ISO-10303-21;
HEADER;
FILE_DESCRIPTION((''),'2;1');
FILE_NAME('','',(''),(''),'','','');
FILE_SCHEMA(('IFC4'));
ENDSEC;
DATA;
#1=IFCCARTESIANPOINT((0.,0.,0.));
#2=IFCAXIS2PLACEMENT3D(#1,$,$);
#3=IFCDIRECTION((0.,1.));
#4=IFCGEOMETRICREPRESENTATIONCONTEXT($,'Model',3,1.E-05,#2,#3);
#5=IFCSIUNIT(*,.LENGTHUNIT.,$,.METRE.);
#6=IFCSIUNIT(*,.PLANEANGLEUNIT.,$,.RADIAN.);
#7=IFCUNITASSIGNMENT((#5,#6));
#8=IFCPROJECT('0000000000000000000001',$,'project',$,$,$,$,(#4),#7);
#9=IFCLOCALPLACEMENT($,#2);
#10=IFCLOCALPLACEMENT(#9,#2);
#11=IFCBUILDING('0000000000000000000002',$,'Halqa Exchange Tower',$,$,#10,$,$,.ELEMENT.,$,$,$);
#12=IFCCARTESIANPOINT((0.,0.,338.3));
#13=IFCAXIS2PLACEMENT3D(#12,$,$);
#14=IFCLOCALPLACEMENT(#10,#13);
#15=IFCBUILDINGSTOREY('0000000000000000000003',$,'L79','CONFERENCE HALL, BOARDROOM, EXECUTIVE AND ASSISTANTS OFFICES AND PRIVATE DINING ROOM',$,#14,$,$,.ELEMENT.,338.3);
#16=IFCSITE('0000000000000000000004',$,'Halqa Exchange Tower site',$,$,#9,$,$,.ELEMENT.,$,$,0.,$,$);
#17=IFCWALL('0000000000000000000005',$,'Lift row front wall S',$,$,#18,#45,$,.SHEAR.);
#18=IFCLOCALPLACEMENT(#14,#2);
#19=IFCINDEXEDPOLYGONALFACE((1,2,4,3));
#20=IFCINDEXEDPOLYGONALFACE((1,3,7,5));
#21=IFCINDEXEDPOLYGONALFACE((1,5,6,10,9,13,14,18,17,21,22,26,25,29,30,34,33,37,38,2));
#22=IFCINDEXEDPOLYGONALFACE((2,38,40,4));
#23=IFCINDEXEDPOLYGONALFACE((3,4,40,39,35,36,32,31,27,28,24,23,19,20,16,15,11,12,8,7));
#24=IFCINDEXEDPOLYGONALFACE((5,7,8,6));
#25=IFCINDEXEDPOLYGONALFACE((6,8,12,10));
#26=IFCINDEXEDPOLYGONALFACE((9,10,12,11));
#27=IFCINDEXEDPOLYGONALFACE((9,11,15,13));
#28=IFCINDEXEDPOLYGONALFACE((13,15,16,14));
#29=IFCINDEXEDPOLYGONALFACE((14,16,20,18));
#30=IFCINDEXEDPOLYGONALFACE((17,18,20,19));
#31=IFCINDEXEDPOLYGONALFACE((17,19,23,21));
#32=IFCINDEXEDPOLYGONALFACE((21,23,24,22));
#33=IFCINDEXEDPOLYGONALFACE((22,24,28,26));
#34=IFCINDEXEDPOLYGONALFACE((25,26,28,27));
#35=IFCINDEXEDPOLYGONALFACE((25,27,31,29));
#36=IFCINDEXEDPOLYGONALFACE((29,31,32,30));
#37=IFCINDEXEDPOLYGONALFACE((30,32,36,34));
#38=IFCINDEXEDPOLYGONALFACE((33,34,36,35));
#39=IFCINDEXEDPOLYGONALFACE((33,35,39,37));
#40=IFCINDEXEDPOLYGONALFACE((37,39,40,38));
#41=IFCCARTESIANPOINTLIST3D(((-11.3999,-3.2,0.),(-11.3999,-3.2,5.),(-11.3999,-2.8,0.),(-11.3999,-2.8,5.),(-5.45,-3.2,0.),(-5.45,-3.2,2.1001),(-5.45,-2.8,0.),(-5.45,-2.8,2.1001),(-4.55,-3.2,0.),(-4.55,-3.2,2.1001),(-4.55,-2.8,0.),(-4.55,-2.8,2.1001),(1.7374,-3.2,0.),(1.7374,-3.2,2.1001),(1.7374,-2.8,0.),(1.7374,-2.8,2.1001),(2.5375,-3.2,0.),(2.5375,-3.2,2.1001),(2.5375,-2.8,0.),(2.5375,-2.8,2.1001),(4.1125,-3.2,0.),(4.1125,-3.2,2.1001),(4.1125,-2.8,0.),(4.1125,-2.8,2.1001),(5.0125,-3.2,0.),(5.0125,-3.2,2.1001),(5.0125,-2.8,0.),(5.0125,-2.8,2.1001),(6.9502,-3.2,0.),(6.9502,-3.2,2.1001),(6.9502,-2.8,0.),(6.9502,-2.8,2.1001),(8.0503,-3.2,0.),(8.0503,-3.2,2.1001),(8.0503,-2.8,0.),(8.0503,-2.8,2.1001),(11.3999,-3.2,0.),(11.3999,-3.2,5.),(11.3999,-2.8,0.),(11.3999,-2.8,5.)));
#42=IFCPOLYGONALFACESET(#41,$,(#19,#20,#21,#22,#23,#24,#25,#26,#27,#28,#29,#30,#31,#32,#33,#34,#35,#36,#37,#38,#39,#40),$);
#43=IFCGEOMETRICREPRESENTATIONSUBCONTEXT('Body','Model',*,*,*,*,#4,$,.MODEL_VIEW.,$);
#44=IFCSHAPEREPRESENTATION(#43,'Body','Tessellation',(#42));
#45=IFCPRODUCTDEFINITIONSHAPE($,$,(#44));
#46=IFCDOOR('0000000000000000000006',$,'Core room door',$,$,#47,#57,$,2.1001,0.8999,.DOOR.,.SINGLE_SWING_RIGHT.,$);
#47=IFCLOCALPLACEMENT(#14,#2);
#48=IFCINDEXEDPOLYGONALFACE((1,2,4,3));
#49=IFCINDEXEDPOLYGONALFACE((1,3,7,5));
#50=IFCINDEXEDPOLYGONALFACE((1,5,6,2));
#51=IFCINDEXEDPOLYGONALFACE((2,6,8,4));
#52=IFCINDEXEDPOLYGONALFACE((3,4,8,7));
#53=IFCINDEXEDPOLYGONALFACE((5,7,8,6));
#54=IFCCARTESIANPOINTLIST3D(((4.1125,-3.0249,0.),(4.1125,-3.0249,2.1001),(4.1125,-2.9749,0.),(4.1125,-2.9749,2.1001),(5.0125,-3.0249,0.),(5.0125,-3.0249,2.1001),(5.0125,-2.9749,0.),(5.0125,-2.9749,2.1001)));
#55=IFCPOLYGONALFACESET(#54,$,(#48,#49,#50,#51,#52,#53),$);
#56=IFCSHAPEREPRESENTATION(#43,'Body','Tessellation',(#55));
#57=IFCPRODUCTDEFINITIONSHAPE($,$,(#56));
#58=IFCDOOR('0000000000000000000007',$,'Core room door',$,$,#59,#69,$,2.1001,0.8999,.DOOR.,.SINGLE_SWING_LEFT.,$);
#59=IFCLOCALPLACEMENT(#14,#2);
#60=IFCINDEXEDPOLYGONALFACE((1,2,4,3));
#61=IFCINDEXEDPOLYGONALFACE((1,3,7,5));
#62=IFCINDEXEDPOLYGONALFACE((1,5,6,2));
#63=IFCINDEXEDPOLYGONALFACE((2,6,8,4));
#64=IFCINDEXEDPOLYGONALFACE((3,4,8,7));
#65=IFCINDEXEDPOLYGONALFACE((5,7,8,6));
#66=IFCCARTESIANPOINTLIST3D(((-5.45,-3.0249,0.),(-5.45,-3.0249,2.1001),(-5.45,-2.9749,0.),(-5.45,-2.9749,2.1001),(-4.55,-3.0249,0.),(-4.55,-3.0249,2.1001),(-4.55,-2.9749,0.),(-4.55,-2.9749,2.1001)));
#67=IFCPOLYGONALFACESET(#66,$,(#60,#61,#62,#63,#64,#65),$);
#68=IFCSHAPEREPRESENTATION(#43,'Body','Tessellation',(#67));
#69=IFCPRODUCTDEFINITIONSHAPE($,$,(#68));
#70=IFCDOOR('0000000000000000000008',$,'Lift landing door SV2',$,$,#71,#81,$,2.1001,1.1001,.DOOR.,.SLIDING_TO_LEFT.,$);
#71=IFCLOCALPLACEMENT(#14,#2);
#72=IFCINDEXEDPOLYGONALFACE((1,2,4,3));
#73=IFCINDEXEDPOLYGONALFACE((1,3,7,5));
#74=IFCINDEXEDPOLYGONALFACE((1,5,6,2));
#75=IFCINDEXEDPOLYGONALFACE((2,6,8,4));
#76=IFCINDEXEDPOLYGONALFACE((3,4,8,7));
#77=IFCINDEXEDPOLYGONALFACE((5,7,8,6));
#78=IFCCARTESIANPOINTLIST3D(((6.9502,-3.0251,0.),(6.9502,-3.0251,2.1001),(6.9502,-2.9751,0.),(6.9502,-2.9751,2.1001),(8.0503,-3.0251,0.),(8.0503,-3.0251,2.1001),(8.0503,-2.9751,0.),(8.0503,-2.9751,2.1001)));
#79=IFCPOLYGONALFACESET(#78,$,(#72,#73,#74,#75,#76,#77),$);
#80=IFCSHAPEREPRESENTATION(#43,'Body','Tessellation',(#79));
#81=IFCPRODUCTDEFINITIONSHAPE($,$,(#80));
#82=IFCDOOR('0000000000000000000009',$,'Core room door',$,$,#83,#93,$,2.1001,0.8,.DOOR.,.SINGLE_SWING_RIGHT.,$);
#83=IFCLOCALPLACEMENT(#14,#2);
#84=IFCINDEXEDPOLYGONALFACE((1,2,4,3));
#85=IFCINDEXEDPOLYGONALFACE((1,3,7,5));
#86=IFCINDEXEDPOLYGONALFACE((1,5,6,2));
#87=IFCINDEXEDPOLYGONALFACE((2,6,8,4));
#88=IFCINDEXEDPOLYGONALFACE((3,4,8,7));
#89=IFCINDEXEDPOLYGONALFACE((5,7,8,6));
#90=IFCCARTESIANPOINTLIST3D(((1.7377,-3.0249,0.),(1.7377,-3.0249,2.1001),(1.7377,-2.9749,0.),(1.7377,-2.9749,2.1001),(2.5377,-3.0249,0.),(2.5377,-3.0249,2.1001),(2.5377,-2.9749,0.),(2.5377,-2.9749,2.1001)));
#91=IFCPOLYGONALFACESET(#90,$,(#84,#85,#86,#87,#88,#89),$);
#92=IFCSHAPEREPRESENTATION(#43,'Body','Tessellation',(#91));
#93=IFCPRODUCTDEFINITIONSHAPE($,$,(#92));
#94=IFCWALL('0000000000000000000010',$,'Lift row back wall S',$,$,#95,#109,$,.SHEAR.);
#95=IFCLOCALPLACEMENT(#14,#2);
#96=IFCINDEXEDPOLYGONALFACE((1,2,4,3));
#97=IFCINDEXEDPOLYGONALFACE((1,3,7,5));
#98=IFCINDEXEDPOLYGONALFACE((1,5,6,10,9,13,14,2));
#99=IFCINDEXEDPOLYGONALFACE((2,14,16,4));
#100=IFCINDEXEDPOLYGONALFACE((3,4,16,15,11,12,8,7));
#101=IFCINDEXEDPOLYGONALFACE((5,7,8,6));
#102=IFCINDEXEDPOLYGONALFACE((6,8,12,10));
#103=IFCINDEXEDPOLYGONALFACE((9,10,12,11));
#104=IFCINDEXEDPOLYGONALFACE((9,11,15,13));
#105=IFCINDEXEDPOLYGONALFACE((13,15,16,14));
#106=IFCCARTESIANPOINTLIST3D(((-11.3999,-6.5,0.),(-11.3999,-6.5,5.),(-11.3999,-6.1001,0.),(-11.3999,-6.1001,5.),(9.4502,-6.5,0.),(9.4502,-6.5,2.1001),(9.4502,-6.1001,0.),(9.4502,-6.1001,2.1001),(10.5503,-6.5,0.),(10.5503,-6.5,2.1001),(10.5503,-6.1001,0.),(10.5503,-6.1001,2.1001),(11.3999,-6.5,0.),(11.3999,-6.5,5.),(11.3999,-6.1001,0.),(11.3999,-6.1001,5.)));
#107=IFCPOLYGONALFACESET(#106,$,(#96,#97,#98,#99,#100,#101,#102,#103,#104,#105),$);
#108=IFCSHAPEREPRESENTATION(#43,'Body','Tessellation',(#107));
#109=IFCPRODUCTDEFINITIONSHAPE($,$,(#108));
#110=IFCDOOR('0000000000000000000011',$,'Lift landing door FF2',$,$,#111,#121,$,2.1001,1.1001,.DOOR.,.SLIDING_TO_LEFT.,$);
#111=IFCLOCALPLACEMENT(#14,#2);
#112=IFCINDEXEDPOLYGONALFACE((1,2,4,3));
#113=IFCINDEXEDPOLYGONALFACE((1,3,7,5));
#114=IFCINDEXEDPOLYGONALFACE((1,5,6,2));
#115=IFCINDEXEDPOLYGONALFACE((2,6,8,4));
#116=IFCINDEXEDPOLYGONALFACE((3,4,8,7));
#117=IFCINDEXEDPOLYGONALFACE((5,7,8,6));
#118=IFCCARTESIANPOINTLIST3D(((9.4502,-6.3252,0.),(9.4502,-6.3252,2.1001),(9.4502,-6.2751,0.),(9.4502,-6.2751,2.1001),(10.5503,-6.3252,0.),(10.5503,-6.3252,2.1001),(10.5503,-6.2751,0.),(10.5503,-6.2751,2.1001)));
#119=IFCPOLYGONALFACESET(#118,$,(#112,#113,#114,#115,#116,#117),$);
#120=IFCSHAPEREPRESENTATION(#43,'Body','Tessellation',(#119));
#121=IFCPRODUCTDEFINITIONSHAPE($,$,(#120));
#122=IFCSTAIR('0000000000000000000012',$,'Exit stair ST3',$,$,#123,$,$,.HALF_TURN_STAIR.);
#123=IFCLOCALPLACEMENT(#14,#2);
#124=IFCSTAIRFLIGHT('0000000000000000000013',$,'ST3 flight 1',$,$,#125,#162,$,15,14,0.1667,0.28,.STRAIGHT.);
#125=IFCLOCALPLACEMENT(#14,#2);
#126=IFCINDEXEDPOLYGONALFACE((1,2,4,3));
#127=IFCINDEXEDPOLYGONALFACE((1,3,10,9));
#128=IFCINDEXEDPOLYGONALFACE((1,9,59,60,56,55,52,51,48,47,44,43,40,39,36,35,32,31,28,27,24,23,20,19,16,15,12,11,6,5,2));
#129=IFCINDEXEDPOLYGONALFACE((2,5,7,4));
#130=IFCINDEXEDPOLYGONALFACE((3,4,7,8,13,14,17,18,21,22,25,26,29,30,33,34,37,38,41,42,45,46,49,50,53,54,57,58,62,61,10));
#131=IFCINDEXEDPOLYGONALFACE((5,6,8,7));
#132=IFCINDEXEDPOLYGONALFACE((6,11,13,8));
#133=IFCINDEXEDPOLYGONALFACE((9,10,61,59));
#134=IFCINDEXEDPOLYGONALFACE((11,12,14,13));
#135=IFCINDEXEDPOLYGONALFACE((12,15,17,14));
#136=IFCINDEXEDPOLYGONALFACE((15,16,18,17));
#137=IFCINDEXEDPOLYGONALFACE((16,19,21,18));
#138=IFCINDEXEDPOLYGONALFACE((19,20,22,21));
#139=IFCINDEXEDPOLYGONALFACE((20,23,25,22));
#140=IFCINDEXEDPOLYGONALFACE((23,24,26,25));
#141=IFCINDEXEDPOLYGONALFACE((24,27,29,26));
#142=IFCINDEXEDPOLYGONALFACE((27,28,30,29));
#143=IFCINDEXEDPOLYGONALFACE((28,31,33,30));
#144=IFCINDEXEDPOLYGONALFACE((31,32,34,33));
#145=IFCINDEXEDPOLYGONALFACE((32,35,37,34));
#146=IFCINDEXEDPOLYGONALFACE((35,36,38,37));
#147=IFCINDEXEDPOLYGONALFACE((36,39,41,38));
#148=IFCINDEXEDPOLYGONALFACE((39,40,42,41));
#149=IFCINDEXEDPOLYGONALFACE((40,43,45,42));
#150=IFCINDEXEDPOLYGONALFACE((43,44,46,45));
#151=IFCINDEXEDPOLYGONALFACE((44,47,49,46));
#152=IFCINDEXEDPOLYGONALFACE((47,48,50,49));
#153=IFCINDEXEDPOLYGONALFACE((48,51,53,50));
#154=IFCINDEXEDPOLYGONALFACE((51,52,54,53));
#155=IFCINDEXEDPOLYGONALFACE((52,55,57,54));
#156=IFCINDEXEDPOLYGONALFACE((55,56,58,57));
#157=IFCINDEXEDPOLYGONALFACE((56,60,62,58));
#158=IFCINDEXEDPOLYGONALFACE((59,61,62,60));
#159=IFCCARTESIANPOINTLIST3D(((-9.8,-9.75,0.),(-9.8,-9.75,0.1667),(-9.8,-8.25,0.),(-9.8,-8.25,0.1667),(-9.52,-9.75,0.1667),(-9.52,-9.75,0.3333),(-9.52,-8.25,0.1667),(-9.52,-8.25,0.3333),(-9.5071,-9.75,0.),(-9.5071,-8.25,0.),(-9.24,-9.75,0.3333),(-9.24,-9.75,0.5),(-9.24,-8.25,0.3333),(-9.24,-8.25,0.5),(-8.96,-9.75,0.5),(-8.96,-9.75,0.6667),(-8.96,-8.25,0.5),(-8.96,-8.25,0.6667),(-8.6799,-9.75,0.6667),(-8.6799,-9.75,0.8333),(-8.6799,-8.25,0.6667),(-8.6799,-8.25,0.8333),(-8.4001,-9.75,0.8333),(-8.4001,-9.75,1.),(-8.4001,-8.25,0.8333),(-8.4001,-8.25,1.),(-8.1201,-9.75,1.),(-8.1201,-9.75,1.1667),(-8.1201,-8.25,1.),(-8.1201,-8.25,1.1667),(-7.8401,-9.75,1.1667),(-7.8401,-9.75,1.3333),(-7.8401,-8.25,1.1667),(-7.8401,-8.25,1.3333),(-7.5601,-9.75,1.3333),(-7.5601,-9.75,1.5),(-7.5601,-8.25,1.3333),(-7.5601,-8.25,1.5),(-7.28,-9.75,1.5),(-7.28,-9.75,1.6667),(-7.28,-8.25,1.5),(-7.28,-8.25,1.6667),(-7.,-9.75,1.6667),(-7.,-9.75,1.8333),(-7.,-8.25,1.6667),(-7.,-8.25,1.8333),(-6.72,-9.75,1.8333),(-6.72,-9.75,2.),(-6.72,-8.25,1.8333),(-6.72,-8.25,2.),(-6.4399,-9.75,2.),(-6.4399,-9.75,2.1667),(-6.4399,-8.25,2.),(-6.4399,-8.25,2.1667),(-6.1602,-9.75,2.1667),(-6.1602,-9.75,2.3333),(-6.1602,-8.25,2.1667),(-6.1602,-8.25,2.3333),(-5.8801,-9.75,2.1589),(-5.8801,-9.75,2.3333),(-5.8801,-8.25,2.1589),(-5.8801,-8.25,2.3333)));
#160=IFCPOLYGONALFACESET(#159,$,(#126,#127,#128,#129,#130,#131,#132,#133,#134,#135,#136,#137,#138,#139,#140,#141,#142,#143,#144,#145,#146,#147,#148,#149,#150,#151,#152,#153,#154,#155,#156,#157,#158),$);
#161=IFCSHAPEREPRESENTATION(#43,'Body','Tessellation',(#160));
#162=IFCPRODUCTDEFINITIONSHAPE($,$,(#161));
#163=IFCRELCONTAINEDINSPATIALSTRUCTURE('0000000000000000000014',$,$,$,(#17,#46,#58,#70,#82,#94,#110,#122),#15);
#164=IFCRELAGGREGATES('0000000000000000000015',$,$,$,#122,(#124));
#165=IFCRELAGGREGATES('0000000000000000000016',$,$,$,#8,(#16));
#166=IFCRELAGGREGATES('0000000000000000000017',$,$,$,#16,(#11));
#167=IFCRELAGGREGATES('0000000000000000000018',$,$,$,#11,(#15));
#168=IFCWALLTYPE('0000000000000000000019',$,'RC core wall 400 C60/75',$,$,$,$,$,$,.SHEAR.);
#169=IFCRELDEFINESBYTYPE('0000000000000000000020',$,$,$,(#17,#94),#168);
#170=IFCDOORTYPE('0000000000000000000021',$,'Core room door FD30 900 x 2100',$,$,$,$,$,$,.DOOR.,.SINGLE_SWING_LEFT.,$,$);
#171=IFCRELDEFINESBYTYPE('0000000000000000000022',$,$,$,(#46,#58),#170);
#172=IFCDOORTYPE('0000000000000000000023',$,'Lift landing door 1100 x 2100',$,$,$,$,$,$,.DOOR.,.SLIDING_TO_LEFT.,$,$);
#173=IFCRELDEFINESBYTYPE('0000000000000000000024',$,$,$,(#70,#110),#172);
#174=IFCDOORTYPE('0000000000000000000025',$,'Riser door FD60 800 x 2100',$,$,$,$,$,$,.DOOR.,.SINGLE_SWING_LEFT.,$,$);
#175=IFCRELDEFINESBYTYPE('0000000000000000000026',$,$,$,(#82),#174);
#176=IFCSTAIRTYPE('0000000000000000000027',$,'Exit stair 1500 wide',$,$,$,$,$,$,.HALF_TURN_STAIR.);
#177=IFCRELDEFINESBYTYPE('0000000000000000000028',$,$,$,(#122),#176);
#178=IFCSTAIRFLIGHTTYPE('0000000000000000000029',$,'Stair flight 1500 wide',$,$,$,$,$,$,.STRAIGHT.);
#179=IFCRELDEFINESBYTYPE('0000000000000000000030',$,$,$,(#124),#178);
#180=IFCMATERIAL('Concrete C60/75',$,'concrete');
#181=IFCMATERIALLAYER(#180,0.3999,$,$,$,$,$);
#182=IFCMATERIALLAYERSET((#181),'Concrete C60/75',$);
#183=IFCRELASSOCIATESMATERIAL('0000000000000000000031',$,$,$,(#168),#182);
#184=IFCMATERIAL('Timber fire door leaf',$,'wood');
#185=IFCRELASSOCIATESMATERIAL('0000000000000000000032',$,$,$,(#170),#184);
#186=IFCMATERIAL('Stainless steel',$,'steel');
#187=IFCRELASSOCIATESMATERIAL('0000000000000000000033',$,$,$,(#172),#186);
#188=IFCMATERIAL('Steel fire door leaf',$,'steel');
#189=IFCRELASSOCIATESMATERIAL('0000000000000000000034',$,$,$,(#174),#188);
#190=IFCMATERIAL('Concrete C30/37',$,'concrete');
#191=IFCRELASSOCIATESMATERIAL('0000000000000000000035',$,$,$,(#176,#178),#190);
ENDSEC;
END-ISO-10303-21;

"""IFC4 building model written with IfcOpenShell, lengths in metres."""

from ifc_helpers import new_model, si_unit, direction, frame, frame_2d, origin, place, context, subcontext, project, spatial, polyline, rectangle, outline, extrude, material, layer, layer_set, type_object, element, fill, aggregate, save


model = new_model("IFC4")

# Units and contexts
model_context = context("Model", 3, precision=1e-05, world=origin(), true_north=direction((0.0, 1.0)))
body_context = subcontext(model_context, "Body", "Model", "MODEL_VIEW")
ifc_project = project(units=[si_unit("LENGTHUNIT", "METRE"), si_unit("PLANEANGLEUNIT", "RADIAN")], contexts=[model_context])

# Site, building, storey
site_placement = place(None, origin())
site = spatial("IfcSite", under=ifc_project, at=site_placement, Name="Halqa Exchange Tower site", CompositionType="ELEMENT", RefElevation=0.0)
building_placement = place(site_placement, origin())
building = spatial("IfcBuilding", under=site, at=building_placement, Name="Halqa Exchange Tower", CompositionType="ELEMENT")
storey_placement = place(building_placement, frame((0.0, 0.0, 338.3)))
storey = spatial("IfcBuildingStorey", under=building, at=storey_placement, Name="L79", Description="CONFERENCE HALL, BOARDROOM, EXECUTIVE AND ASSISTANTS OFFICES AND PRIVATE DINING ROOM", CompositionType="ELEMENT", Elevation=338.3)

# Shared definitions
ifc_material_1 = material(Name="Concrete C60/75", Category="concrete")

# Wall, openings, doors
ifc_layer_1 = layer(ifc_material_1, 0.3999)
ifc_layer_set_1 = layer_set([ifc_layer_1], Name="Concrete C60/75")
wall_type_1 = type_object("IfcWallType", Name="RC core wall 400 C60/75", PredefinedType="SHEAR", material=ifc_layer_set_1)
wall_1_placement = place(storey_placement, frame((-11.3999, -3.0, 0.0), z_axis=(0.0, 0.0, 1.0), x_axis=(1.0, 0.0, 0.0)))
wall_1 = element("IfcWall", 1, at=wall_1_placement, inside=storey, type_object=wall_type_1, Name="Lift row front wall S", PredefinedType="SHEAR", context=body_context, shape_type="SweptSolid", body=[
    extrude(rectangle(XDim=22.7998, YDim=0.3999, at=frame_2d((11.3999, 0.0))), origin(), (0.0, 0.0, 1.0), 5.0),
])
opening_1_placement = place(wall_1_placement, frame((18.3501, 0.0, 0.0)))
opening_1 = element("IfcOpeningElement", 2, at=opening_1_placement, cuts=wall_1, PredefinedType="OPENING", context=body_context, shape_type="SweptSolid", body=[
    extrude(rectangle(XDim=1.1001, YDim=2.1001, at=frame_2d((0.55, 1.05))), frame((0.0, 0.2119, 0.0), z_axis=(0.0, -1.0, 0.0), x_axis=(1.0, 0.0, 0.0)), (0.0, 0.0, 1.0), 0.4238),
])
opening_2_placement = place(wall_1_placement, frame((13.1375, 0.0, 0.0)))
opening_2 = element("IfcOpeningElement", 3, at=opening_2_placement, cuts=wall_1, PredefinedType="OPENING", context=body_context, shape_type="SweptSolid", body=[
    extrude(rectangle(XDim=0.8, YDim=2.1001, at=frame_2d((0.3999, 1.05))), frame((0.0, 0.2119, 0.0), z_axis=(0.0, -1.0, 0.0), x_axis=(1.0, 0.0, 0.0)), (0.0, 0.0, 1.0), 0.4238),
])
opening_3_placement = place(wall_1_placement, frame((15.5125, 0.0, 0.0)))
opening_3 = element("IfcOpeningElement", 4, at=opening_3_placement, cuts=wall_1, PredefinedType="OPENING", context=body_context, shape_type="SweptSolid", body=[
    extrude(rectangle(XDim=0.8999, YDim=2.1001, at=frame_2d((0.45, 1.05))), frame((0.0, 0.2119, 0.0), z_axis=(0.0, -1.0, 0.0), x_axis=(1.0, 0.0, 0.0)), (0.0, 0.0, 1.0), 0.4238),
])
opening_4_placement = place(wall_1_placement, frame((5.95, 0.0, 0.0)))
opening_4 = element("IfcOpeningElement", 5, at=opening_4_placement, cuts=wall_1, PredefinedType="OPENING", context=body_context, shape_type="SweptSolid", body=[
    extrude(rectangle(XDim=0.8999, YDim=2.1001, at=frame_2d((0.45, 1.05))), frame((0.0, 0.2119, 0.0), z_axis=(0.0, -1.0, 0.0), x_axis=(1.0, 0.0, 0.0)), (0.0, 0.0, 1.0), 0.4238),
])
ifc_material_2 = material(Name="Timber fire door leaf", Category="wood")
door_type_1 = type_object("IfcDoorType", Name="Core room door FD30 900 x 2100", OperationType="SINGLE_SWING_LEFT", PredefinedType="DOOR", material=ifc_material_2)
door_1_placement = place(opening_3_placement, frame((0.8999, 0.0, 0.0), z_axis=(0.0, 0.0, 1.0), x_axis=(-1.0, 0.0, 0.0)))
door_1 = element("IfcDoor", 6, at=door_1_placement, inside=storey, type_object=door_type_1, Name="Core room door", OperationType="SINGLE_SWING_RIGHT", OverallHeight=2.1001, OverallWidth=0.8999, PredefinedType="DOOR", context=body_context, shape_type="SweptSolid", body=[
    extrude(rectangle(XDim=0.8999, YDim=2.1001, at=frame_2d((0.45, 1.05))), frame((0.0, 0.0249, 0.0), z_axis=(0.0, -1.0, 0.0), x_axis=(1.0, 0.0, 0.0)), (0.0, 0.0, 1.0), 0.05),
])
fill(opening_3, door_1)
door_2_placement = place(opening_4_placement, frame((0.8999, 0.0, 0.0), z_axis=(0.0, 0.0, 1.0), x_axis=(-1.0, 0.0, 0.0)))
door_2 = element("IfcDoor", 7, at=door_2_placement, inside=storey, type_object=door_type_1, Name="Core room door", OperationType="SINGLE_SWING_LEFT", OverallHeight=2.1001, OverallWidth=0.8999, PredefinedType="DOOR", context=body_context, shape_type="SweptSolid", body=[
    extrude(rectangle(XDim=0.8999, YDim=2.1001, at=frame_2d((0.45, 1.05))), frame((0.0, 0.0249, 0.0), z_axis=(0.0, -1.0, 0.0), x_axis=(1.0, 0.0, 0.0)), (0.0, 0.0, 1.0), 0.05),
])
fill(opening_4, door_2)
ifc_material_3 = material(Name="Stainless steel", Category="steel")
door_type_2 = type_object("IfcDoorType", Name="Lift landing door 1100 x 2100", OperationType="SLIDING_TO_LEFT", PredefinedType="DOOR", material=ifc_material_3)
door_3_placement = place(opening_1_placement, origin())
door_3 = element("IfcDoor", 8, at=door_3_placement, inside=storey, type_object=door_type_2, Name="Lift landing door SV2", OperationType="SLIDING_TO_LEFT", OverallHeight=2.1001, OverallWidth=1.1001, PredefinedType="DOOR", context=body_context, shape_type="SweptSolid", body=[
    extrude(rectangle(XDim=1.1001, YDim=2.1001, at=frame_2d((0.55, 1.05))), frame((0.0, 0.0249, 0.0), z_axis=(0.0, -1.0, 0.0), x_axis=(1.0, 0.0, 0.0)), (0.0, 0.0, 1.0), 0.05),
])
fill(opening_1, door_3)
ifc_material_4 = material(Name="Steel fire door leaf", Category="steel")
door_type_3 = type_object("IfcDoorType", Name="Riser door FD60 800 x 2100", OperationType="SINGLE_SWING_LEFT", PredefinedType="DOOR", material=ifc_material_4)
door_4_placement = place(opening_2_placement, frame((0.8, 0.0, 0.0), z_axis=(0.0, 0.0, 1.0), x_axis=(-1.0, 0.0, 0.0)))
door_4 = element("IfcDoor", 9, at=door_4_placement, inside=storey, type_object=door_type_3, Name="Core room door", OperationType="SINGLE_SWING_RIGHT", OverallHeight=2.1001, OverallWidth=0.8, PredefinedType="DOOR", context=body_context, shape_type="SweptSolid", body=[
    extrude(rectangle(XDim=0.8, YDim=2.1001, at=frame_2d((0.3999, 1.05))), frame((0.0, 0.0249, 0.0), z_axis=(0.0, -1.0, 0.0), x_axis=(1.0, 0.0, 0.0)), (0.0, 0.0, 1.0), 0.05),
])
fill(opening_2, door_4)

# Wall, opening, door
wall_2_placement = place(storey_placement, frame((-11.3999, -6.3, 0.0), z_axis=(0.0, 0.0, 1.0), x_axis=(1.0, 0.0, 0.0)))
wall_2 = element("IfcWall", 10, at=wall_2_placement, inside=storey, type_object=wall_type_1, Name="Lift row back wall S", PredefinedType="SHEAR", context=body_context, shape_type="SweptSolid", body=[
    extrude(rectangle(XDim=22.7998, YDim=0.3999, at=frame_2d((11.3999, 0.0))), origin(), (0.0, 0.0, 1.0), 5.0),
])
opening_5_placement = place(wall_2_placement, frame((20.8501, 0.0, 0.0)))
opening_5 = element("IfcOpeningElement", 11, at=opening_5_placement, cuts=wall_2, PredefinedType="OPENING", context=body_context, shape_type="SweptSolid", body=[
    extrude(rectangle(XDim=1.1001, YDim=2.1001, at=frame_2d((0.55, 1.05))), frame((0.0, 0.2119, 0.0), z_axis=(0.0, -1.0, 0.0), x_axis=(1.0, 0.0, 0.0)), (0.0, 0.0, 1.0), 0.4238),
])
door_5_placement = place(opening_5_placement, origin())
door_5 = element("IfcDoor", 12, at=door_5_placement, inside=storey, type_object=door_type_2, Name="Lift landing door FF2", OperationType="SLIDING_TO_LEFT", OverallHeight=2.1001, OverallWidth=1.1001, PredefinedType="DOOR", context=body_context, shape_type="SweptSolid", body=[
    extrude(rectangle(XDim=1.1001, YDim=2.1001, at=frame_2d((0.55, 1.05))), frame((0.0, 0.0249, 0.0), z_axis=(0.0, -1.0, 0.0), x_axis=(1.0, 0.0, 0.0)), (0.0, 0.0, 1.0), 0.05),
])
fill(opening_5, door_5)

# Stair, stair flight
ifc_material_5 = material(Name="Concrete C30/37", Category="concrete")
stair_type = type_object("IfcStairType", Name="Exit stair 1500 wide", PredefinedType="HALF_TURN_STAIR", material=ifc_material_5)
stair_placement = place(storey_placement, origin())
stair = element("IfcStair", 13, at=stair_placement, inside=storey, type_object=stair_type, Name="Exit stair ST3", PredefinedType="HALF_TURN_STAIR")
stair_flight_type = type_object("IfcStairFlightType", Name="Stair flight 1500 wide", PredefinedType="STRAIGHT", material=ifc_material_5)
stair_flight_1_placement = place(storey_placement, frame((-9.8, -9.0, 0.0), z_axis=(0.0, 0.0, 1.0), x_axis=(1.0, 0.0, 0.0)))
stair_flight_1 = element("IfcStairFlight", 14, at=stair_flight_1_placement, type_object=stair_flight_type, Name="ST3 flight 1", NumberOfRisers=15, NumberOfTreads=14, PredefinedType="STRAIGHT", RiserHeight=0.1667, TreadLength=0.28, context=body_context, shape_type="SweptSolid", body=[
    extrude(outline(polyline([(0.0, 0.0), (0.0, 0.1667), (0.28, 0.1667), (0.28, 0.3333), (0.5601, 0.3333), (0.5601, 0.5), (0.8401, 0.5), (0.8401, 0.6667), (1.1201, 0.6667), (1.1201, 0.8333), (1.3999, 0.8333), (1.3999, 1.0), (1.6799, 1.0), (1.6799, 1.1667), (1.96, 1.1667), (1.96, 1.3333), (2.24, 1.3333), (2.24, 1.5), (2.52, 1.5), (2.52, 1.6667), (2.8, 1.6667), (2.8, 1.8333), (3.0801, 1.8333), (3.0801, 2.0), (3.3601, 2.0), (3.3601, 2.1667), (3.6399, 2.1667), (3.6399, 2.3333), (3.9199, 2.3333), (3.9199, 2.5), (3.9199, 2.1589), (0.293, 0.0), (0.0, 0.0)])), frame((0.0, 0.75, 0.0), z_axis=(0.0, -1.0, 0.0), x_axis=(1.0, 0.0, 0.0)), (0.0, 0.0, 1.0), 1.5),
])
aggregate(stair, [stair_flight_1])

save(model, "model.ifc")
